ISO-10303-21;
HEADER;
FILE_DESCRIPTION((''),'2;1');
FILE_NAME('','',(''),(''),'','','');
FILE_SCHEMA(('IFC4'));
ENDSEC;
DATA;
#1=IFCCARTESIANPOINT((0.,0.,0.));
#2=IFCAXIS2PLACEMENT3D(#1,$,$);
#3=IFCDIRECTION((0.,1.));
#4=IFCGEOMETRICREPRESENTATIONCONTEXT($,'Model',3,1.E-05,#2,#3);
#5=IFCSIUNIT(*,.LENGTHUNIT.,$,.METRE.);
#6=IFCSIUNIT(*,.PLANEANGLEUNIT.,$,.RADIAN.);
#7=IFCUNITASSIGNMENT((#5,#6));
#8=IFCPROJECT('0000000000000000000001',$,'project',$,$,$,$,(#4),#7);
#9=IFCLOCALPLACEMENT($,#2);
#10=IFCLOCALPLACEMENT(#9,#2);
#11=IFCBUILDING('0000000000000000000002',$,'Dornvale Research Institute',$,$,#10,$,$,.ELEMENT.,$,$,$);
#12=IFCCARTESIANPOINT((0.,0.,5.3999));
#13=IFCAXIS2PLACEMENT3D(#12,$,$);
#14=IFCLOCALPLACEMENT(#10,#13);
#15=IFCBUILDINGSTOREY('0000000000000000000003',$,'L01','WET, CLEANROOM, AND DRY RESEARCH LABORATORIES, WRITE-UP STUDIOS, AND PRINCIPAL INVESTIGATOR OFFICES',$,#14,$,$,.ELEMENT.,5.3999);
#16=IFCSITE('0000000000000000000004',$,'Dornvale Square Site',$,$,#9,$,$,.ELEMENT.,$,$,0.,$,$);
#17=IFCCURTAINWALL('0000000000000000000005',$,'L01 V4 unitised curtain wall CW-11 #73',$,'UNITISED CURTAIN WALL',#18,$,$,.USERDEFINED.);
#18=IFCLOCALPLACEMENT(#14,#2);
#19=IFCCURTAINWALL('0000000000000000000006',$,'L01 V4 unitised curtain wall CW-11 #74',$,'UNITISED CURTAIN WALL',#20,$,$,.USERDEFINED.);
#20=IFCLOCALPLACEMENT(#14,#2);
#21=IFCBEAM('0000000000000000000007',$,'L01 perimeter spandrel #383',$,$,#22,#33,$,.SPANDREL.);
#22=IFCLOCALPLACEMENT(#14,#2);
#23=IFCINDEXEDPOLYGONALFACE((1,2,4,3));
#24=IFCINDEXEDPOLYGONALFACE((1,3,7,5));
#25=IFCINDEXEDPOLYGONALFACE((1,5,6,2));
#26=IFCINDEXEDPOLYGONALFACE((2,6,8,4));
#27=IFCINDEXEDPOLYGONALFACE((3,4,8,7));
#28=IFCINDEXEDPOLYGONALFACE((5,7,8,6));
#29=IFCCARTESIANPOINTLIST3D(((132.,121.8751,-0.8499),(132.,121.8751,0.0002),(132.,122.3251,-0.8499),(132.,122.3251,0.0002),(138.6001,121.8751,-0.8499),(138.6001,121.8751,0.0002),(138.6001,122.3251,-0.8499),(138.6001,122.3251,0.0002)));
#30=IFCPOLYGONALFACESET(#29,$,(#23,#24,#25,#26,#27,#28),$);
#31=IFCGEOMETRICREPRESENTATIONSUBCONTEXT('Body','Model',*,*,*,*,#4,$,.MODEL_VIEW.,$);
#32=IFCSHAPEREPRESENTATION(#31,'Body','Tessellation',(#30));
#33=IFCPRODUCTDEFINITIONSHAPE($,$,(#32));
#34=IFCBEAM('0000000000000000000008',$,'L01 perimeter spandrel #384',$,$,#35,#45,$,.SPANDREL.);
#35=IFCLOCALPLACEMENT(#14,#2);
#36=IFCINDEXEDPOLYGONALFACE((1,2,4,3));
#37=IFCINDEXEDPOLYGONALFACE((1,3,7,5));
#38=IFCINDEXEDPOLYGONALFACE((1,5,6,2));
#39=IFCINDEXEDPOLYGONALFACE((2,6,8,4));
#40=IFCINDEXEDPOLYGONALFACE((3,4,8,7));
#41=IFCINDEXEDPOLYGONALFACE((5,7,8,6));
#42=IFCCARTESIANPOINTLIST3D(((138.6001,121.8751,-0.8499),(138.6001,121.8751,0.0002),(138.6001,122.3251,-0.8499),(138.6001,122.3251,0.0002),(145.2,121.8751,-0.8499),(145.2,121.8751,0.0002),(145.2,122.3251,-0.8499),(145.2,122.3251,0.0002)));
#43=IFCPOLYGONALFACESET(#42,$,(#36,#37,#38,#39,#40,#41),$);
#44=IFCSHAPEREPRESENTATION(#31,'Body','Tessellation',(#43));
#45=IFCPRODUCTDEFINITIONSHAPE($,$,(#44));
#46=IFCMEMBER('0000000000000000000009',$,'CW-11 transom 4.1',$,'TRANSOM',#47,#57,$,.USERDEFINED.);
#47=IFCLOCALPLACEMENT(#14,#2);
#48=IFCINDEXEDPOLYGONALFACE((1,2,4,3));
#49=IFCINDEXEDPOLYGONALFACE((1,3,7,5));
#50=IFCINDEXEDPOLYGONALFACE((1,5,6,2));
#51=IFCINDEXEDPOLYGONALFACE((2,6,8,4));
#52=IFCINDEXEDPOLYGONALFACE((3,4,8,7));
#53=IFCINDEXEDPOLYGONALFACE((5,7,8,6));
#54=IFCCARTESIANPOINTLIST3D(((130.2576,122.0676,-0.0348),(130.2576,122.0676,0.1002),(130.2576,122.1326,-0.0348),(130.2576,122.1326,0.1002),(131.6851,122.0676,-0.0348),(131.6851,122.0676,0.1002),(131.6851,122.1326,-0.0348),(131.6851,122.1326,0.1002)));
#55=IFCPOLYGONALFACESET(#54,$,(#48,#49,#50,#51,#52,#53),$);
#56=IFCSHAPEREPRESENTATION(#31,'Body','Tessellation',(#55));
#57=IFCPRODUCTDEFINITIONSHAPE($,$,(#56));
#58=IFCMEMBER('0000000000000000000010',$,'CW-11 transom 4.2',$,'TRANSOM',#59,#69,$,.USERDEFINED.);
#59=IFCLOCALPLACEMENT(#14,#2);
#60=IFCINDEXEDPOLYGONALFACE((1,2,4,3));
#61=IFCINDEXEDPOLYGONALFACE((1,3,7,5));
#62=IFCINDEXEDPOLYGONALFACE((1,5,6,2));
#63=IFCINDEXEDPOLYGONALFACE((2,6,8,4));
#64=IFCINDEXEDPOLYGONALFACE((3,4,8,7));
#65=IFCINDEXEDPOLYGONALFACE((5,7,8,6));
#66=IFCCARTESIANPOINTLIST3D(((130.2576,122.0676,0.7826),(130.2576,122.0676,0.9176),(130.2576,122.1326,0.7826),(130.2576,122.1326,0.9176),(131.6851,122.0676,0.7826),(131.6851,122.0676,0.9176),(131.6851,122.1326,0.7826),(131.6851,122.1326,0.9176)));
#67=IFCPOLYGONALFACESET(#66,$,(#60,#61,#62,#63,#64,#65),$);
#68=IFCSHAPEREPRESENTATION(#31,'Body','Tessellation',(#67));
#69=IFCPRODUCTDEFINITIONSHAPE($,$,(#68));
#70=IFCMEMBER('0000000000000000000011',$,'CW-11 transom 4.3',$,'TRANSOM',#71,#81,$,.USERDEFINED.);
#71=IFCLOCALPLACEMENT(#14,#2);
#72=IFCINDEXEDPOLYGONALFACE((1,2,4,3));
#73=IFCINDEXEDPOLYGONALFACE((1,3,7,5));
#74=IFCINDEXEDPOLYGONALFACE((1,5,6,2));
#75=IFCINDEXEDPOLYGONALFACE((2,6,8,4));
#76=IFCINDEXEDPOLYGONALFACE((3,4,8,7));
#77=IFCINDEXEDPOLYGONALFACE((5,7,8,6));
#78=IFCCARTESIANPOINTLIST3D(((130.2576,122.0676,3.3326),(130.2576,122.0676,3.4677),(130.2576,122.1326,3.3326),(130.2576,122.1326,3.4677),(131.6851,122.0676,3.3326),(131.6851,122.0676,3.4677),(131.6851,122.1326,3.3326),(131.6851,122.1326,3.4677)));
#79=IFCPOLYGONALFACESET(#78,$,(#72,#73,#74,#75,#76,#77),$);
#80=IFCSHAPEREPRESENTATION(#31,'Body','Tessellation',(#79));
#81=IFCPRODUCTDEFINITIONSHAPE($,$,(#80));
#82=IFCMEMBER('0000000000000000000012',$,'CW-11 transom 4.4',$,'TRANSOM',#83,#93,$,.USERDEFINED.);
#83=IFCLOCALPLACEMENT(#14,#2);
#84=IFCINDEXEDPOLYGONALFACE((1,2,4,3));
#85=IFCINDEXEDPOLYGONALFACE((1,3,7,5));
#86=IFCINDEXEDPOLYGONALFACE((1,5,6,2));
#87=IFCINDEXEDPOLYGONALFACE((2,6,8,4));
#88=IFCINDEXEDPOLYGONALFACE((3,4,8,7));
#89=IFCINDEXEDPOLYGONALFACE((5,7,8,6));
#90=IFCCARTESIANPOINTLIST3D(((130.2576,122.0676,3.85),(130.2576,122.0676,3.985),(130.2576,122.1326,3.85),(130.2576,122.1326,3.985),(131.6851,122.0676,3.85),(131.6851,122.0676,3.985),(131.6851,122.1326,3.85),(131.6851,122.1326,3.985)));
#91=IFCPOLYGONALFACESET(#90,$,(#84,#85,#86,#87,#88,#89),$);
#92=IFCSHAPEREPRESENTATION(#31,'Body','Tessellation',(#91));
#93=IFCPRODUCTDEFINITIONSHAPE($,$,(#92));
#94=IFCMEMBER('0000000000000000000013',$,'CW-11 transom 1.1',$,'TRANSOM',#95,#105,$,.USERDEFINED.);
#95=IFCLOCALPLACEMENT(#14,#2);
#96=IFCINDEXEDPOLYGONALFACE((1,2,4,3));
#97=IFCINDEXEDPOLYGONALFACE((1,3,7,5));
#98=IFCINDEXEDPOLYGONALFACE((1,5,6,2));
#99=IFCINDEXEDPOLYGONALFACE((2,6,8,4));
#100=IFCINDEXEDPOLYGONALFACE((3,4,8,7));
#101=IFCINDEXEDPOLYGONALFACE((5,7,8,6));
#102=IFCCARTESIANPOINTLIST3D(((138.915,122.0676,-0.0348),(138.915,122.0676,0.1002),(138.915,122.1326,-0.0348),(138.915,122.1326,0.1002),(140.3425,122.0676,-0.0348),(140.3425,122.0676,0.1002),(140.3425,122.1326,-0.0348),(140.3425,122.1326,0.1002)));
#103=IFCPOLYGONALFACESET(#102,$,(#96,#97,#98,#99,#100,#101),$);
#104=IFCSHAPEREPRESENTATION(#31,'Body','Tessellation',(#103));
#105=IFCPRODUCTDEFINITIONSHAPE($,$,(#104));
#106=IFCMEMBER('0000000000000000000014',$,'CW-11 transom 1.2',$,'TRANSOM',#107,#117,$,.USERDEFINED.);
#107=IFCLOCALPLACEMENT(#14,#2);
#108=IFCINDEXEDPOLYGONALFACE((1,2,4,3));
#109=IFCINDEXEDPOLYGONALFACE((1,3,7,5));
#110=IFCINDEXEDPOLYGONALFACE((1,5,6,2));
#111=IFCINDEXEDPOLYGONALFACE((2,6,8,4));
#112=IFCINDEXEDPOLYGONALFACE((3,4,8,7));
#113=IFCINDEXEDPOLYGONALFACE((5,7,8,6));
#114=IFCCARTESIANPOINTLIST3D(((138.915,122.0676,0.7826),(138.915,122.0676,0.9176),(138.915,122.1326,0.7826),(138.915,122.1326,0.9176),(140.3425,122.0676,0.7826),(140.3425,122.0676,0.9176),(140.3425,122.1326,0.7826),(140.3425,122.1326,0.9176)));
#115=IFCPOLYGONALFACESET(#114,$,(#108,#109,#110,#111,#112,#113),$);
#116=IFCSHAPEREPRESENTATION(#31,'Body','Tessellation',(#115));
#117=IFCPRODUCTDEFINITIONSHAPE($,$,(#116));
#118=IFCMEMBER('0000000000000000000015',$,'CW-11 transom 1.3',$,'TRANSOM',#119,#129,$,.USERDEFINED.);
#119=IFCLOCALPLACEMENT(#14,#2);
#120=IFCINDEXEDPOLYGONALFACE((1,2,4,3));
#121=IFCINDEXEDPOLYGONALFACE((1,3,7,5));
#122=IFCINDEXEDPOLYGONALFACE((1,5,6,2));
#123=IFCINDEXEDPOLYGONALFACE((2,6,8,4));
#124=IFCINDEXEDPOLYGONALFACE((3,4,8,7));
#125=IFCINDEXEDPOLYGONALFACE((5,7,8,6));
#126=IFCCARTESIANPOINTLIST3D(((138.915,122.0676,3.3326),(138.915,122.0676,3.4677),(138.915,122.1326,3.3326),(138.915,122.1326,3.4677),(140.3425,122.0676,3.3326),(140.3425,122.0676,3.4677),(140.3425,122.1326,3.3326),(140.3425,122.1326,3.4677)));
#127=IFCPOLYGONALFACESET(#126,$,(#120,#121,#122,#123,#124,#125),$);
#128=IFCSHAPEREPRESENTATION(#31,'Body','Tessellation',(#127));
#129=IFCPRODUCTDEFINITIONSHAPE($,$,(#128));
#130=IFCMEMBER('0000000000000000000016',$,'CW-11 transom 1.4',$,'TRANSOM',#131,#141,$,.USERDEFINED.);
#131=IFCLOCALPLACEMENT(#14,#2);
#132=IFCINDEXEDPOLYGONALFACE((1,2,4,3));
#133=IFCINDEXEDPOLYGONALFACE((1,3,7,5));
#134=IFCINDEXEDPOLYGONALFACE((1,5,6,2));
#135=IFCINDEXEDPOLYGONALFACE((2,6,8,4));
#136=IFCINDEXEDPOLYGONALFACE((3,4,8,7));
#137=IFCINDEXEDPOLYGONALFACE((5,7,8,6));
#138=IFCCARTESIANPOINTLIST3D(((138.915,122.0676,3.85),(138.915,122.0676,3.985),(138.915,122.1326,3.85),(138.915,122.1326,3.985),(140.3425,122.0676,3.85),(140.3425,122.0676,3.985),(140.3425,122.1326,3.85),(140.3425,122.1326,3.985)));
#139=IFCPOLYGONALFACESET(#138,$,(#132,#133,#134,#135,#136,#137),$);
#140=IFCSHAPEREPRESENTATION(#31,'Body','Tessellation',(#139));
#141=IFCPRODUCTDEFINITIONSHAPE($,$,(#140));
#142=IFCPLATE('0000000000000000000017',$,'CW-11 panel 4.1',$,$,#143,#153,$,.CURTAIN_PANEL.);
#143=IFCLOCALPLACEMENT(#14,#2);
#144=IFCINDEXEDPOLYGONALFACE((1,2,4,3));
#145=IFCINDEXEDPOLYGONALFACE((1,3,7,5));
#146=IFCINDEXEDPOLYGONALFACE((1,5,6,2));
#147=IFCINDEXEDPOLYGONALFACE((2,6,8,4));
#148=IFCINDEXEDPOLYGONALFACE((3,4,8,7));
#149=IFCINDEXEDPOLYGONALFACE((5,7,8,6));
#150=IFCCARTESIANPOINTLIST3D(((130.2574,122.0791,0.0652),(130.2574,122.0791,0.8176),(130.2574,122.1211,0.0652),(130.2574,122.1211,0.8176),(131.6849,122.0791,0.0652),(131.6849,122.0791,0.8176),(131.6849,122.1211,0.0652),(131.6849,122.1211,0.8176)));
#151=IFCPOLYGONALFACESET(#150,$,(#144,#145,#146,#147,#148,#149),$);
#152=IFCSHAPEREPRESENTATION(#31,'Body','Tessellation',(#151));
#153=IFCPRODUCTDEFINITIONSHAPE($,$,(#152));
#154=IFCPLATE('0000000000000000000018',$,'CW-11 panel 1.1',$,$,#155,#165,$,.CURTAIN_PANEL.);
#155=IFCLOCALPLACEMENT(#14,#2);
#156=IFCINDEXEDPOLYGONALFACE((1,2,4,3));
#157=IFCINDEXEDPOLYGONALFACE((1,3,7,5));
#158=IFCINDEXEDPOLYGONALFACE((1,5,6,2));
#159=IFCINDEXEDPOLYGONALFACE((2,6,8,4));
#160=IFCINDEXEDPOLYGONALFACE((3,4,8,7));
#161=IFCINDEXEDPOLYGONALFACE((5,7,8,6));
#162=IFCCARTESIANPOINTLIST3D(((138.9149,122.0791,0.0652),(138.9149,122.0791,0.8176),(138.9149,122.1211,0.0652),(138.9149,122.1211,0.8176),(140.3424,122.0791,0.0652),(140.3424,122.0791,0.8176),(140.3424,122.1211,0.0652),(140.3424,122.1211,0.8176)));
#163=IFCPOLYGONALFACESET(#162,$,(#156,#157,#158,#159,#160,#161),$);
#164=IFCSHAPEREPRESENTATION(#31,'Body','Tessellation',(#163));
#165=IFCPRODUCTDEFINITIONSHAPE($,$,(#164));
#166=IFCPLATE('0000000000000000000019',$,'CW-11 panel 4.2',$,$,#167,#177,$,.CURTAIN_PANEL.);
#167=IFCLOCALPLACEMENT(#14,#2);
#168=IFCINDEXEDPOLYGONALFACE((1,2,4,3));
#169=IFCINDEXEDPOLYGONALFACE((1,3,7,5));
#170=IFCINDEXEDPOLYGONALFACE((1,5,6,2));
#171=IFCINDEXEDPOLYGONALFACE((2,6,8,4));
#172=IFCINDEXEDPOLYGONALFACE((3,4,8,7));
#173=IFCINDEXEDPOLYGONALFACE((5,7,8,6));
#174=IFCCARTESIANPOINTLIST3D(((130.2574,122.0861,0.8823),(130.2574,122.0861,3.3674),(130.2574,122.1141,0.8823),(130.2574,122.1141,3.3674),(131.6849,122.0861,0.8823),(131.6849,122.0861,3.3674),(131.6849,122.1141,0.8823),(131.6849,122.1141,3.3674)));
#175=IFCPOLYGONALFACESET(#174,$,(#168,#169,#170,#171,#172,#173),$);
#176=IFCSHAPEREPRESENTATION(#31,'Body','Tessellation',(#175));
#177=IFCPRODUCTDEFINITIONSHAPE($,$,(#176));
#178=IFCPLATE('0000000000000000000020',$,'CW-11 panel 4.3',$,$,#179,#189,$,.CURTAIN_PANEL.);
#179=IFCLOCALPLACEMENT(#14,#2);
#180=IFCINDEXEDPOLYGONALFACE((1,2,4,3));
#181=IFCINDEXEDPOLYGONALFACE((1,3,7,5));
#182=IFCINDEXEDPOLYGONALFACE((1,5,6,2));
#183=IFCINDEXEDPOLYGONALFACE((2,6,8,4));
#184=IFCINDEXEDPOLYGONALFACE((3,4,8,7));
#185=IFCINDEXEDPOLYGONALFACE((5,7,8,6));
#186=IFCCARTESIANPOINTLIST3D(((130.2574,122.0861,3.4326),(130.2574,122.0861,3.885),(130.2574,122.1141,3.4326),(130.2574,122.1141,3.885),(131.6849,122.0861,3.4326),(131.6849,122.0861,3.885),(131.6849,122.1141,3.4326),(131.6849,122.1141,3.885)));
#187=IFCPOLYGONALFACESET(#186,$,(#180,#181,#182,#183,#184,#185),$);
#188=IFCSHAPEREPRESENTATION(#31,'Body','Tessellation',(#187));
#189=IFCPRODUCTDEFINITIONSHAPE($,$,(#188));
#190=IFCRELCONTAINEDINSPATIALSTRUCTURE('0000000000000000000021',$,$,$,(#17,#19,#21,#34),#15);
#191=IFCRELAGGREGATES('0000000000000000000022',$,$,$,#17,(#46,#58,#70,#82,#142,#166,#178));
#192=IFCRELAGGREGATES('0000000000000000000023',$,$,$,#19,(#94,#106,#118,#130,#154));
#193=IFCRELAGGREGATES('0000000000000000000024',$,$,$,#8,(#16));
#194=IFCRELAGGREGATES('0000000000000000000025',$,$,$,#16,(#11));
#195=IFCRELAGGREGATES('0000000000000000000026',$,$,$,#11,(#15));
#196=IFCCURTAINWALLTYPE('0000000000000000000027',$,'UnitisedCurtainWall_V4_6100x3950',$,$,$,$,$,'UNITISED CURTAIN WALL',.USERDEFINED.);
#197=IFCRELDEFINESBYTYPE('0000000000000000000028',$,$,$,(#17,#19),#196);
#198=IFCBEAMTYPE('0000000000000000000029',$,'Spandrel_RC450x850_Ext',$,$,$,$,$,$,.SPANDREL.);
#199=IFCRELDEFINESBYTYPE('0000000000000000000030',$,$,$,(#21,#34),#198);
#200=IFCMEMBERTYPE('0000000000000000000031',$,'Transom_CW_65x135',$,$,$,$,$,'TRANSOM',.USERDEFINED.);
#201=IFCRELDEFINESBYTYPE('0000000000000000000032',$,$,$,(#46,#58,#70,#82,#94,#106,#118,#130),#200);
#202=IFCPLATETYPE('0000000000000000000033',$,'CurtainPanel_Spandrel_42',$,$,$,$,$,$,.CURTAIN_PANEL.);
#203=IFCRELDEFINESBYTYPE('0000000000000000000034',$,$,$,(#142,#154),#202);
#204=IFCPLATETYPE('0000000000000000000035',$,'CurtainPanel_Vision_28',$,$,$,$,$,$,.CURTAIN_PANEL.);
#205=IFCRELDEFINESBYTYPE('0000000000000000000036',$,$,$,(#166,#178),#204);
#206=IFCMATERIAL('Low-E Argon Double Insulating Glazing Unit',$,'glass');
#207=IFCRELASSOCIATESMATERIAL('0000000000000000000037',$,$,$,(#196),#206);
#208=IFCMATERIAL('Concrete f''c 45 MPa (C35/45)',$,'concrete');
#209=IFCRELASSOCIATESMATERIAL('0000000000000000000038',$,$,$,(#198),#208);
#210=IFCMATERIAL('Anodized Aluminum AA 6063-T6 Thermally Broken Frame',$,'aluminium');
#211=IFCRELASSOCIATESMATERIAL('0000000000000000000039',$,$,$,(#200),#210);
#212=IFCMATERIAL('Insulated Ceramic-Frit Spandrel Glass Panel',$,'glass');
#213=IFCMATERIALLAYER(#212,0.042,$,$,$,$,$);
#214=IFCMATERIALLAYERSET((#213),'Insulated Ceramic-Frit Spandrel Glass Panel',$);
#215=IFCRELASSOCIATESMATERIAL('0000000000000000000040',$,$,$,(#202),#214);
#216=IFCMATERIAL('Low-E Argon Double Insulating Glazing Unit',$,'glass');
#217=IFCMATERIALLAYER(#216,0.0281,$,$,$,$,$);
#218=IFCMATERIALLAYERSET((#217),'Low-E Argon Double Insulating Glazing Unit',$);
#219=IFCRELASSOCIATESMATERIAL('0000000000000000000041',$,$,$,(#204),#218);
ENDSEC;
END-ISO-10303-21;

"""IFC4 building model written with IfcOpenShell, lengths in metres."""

from ifc_helpers import new_model, si_unit, direction, frame, origin, origin_2d, place, context, subcontext, project, spatial, rectangle, extrude, material, layer, layer_set, material_profile, profile_set, type_object, element, aggregate, save


model = new_model("IFC4")

# Units and contexts
model_context = context("Model", 3, precision=1e-05, world=origin(), true_north=direction((0.0, 1.0)))
body_context = subcontext(model_context, "Body", "Model", "MODEL_VIEW")
ifc_project = project(units=[si_unit("LENGTHUNIT", "METRE"), si_unit("PLANEANGLEUNIT", "RADIAN")], contexts=[model_context])

# Site, building, storey
site_placement = place(None, origin())
site = spatial("IfcSite", under=ifc_project, at=site_placement, Name="Dornvale Square Site", CompositionType="ELEMENT", RefElevation=0.0)
building_placement = place(site_placement, origin())
building = spatial("IfcBuilding", under=site, at=building_placement, Name="Dornvale Research Institute", CompositionType="ELEMENT")
storey_placement = place(building_placement, frame((0.0, 0.0, 5.3999)))
storey = spatial("IfcBuildingStorey", under=building, at=storey_placement, Name="L01", Description="WET, CLEANROOM, AND DRY RESEARCH LABORATORIES, WRITE-UP STUDIOS, AND PRINCIPAL INVESTIGATOR OFFICES", CompositionType="ELEMENT", Elevation=5.3999)

# Curtain wall
ifc_material_1 = material(Name="Low-E Argon Double Insulating Glazing Unit", Category="glass")
curtain_wall_type = type_object("IfcCurtainWallType", Name="UnitisedCurtainWall_V4_6100x3950", ElementType="UNITISED CURTAIN WALL", PredefinedType="USERDEFINED", material=ifc_material_1)
curtain_wall_1_placement = place(storey_placement, origin())
curtain_wall_1 = element("IfcCurtainWall", 1, at=curtain_wall_1_placement, inside=storey, type_object=curtain_wall_type, Name="L01 V4 unitised curtain wall CW-11 #73", ObjectType="UNITISED CURTAIN WALL", PredefinedType="USERDEFINED")

# Curtain wall
curtain_wall_2_placement = place(storey_placement, origin())
curtain_wall_2 = element("IfcCurtainWall", 2, at=curtain_wall_2_placement, inside=storey, type_object=curtain_wall_type, Name="L01 V4 unitised curtain wall CW-11 #74", ObjectType="UNITISED CURTAIN WALL", PredefinedType="USERDEFINED")

# Beams
ifc_material_2 = material(Name="Concrete f'c 45 MPa (C35/45)", Category="concrete")
ifc_material_profile_1 = material_profile(ifc_material_2, rectangle(XDim=0.45, YDim=0.8501, at=origin_2d()), Name="RC 450x850")
ifc_profile_set_1 = profile_set([ifc_material_profile_1], Name="Concrete f'c 45 MPa (C35/45)")
beam_type_1 = type_object("IfcBeamType", Name="Spandrel_RC450x850_Ext", PredefinedType="SPANDREL", material=ifc_profile_set_1)
beam_1_placement = place(storey_placement, frame((132.0, 122.1001, -0.4248), z_axis=(1.0, 0.0, 0.0), x_axis=(0.0, 1.0, 0.0)))
element("IfcBeam", 3, at=beam_1_placement, inside=storey, type_object=beam_type_1, Name="L01 perimeter spandrel #383", PredefinedType="SPANDREL", context=body_context, shape_type="SweptSolid", body=[
    extrude(rectangle(XDim=0.45, YDim=0.8501, at=origin_2d()), origin(), (0.0, 0.0, 1.0), 6.6001),
])
beam_2_placement = place(storey_placement, frame((138.6001, 122.1001, -0.4248), z_axis=(1.0, 0.0, 0.0), x_axis=(0.0, 1.0, 0.0)))
element("IfcBeam", 4, at=beam_2_placement, inside=storey, type_object=beam_type_1, Name="L01 perimeter spandrel #384", PredefinedType="SPANDREL", context=body_context, shape_type="SweptSolid", body=[
    extrude(rectangle(XDim=0.45, YDim=0.8501, at=origin_2d()), origin(), (0.0, 0.0, 1.0), 6.5999),
])

# Members
ifc_material_3 = material(Name="Anodized Aluminum AA 6063-T6 Thermally Broken Frame", Category="aluminium")
ifc_material_profile_2 = material_profile(ifc_material_3, rectangle(XDim=0.0649, YDim=0.135, at=origin_2d()), Name="ALU TRANSOM 65x135")
ifc_profile_set_2 = profile_set([ifc_material_profile_2], Name="Anodized Aluminum AA 6063-T6 Thermally Broken Frame")
member_type_1 = type_object("IfcMemberType", Name="Transom_CW_65x135", ElementType="TRANSOM", PredefinedType="USERDEFINED", material=ifc_profile_set_2)
member_1_placement = place(storey_placement, frame((130.2576, 122.1001, 0.0327), z_axis=(1.0, 0.0, 0.0), x_axis=(0.0, 1.0, 0.0)))
member_1 = element("IfcMember", 5, at=member_1_placement, type_object=member_type_1, Name="CW-11 transom 4.1", ObjectType="TRANSOM", PredefinedType="USERDEFINED", context=body_context, shape_type="SweptSolid", body=[
    extrude(rectangle(XDim=0.0649, YDim=0.135, at=origin_2d()), origin(), (0.0, 0.0, 1.0), 1.4275),
])
member_2_placement = place(storey_placement, frame((130.2576, 122.1001, 0.8501), z_axis=(1.0, 0.0, 0.0), x_axis=(0.0, 1.0, 0.0)))
member_2 = element("IfcMember", 6, at=member_2_placement, type_object=member_type_1, Name="CW-11 transom 4.2", ObjectType="TRANSOM", PredefinedType="USERDEFINED", context=body_context, shape_type="SweptSolid", body=[
    extrude(rectangle(XDim=0.0649, YDim=0.135, at=origin_2d()), origin(), (0.0, 0.0, 1.0), 1.4275),
])
member_3_placement = place(storey_placement, frame((130.2576, 122.1001, 3.4001), z_axis=(1.0, 0.0, 0.0), x_axis=(0.0, 1.0, 0.0)))
member_3 = element("IfcMember", 7, at=member_3_placement, type_object=member_type_1, Name="CW-11 transom 4.3", ObjectType="TRANSOM", PredefinedType="USERDEFINED", context=body_context, shape_type="SweptSolid", body=[
    extrude(rectangle(XDim=0.0649, YDim=0.135, at=origin_2d()), origin(), (0.0, 0.0, 1.0), 1.4275),
])
member_4_placement = place(storey_placement, frame((130.2576, 122.1001, 3.9175), z_axis=(1.0, 0.0, 0.0), x_axis=(0.0, 1.0, 0.0)))
member_4 = element("IfcMember", 8, at=member_4_placement, type_object=member_type_1, Name="CW-11 transom 4.4", ObjectType="TRANSOM", PredefinedType="USERDEFINED", context=body_context, shape_type="SweptSolid", body=[
    extrude(rectangle(XDim=0.0649, YDim=0.135, at=origin_2d()), origin(), (0.0, 0.0, 1.0), 1.4275),
])
member_5_placement = place(storey_placement, frame((138.915, 122.1001, 0.0327), z_axis=(1.0, 0.0, 0.0), x_axis=(0.0, 1.0, 0.0)))
member_5 = element("IfcMember", 9, at=member_5_placement, type_object=member_type_1, Name="CW-11 transom 1.1", ObjectType="TRANSOM", PredefinedType="USERDEFINED", context=body_context, shape_type="SweptSolid", body=[
    extrude(rectangle(XDim=0.0649, YDim=0.135, at=origin_2d()), origin(), (0.0, 0.0, 1.0), 1.4275),
])
member_6_placement = place(storey_placement, frame((138.915, 122.1001, 0.8501), z_axis=(1.0, 0.0, 0.0), x_axis=(0.0, 1.0, 0.0)))
member_6 = element("IfcMember", 10, at=member_6_placement, type_object=member_type_1, Name="CW-11 transom 1.2", ObjectType="TRANSOM", PredefinedType="USERDEFINED", context=body_context, shape_type="SweptSolid", body=[
    extrude(rectangle(XDim=0.0649, YDim=0.135, at=origin_2d()), origin(), (0.0, 0.0, 1.0), 1.4275),
])
member_7_placement = place(storey_placement, frame((138.915, 122.1001, 3.4001), z_axis=(1.0, 0.0, 0.0), x_axis=(0.0, 1.0, 0.0)))
member_7 = element("IfcMember", 11, at=member_7_placement, type_object=member_type_1, Name="CW-11 transom 1.3", ObjectType="TRANSOM", PredefinedType="USERDEFINED", context=body_context, shape_type="SweptSolid", body=[
    extrude(rectangle(XDim=0.0649, YDim=0.135, at=origin_2d()), origin(), (0.0, 0.0, 1.0), 1.4275),
])
member_8_placement = place(storey_placement, frame((138.915, 122.1001, 3.9175), z_axis=(1.0, 0.0, 0.0), x_axis=(0.0, 1.0, 0.0)))
member_8 = element("IfcMember", 12, at=member_8_placement, type_object=member_type_1, Name="CW-11 transom 1.4", ObjectType="TRANSOM", PredefinedType="USERDEFINED", context=body_context, shape_type="SweptSolid", body=[
    extrude(rectangle(XDim=0.0649, YDim=0.135, at=origin_2d()), origin(), (0.0, 0.0, 1.0), 1.4275),
])

# Plates
ifc_material_4 = material(Name="Insulated Ceramic-Frit Spandrel Glass Panel", Category="glass")
ifc_layer_1 = layer(ifc_material_4, 0.042)
ifc_layer_set_1 = layer_set([ifc_layer_1], Name="Insulated Ceramic-Frit Spandrel Glass Panel")
plate_type_1 = type_object("IfcPlateType", Name="CurtainPanel_Spandrel_42", PredefinedType="CURTAIN_PANEL", material=ifc_layer_set_1)
plate_1_placement = place(storey_placement, frame((130.9712, 122.1001, 0.0652), z_axis=(0.0, 0.0, 1.0), x_axis=(1.0, 0.0, 0.0)))
plate_1 = element("IfcPlate", 13, at=plate_1_placement, type_object=plate_type_1, Name="CW-11 panel 4.1", PredefinedType="CURTAIN_PANEL", context=body_context, shape_type="SweptSolid", body=[
    extrude(rectangle(XDim=1.4275, YDim=0.042, at=origin_2d()), origin(), (0.0, 0.0, 1.0), 0.7524),
])
plate_2_placement = place(storey_placement, frame((139.6287, 122.1001, 0.0652), z_axis=(0.0, 0.0, 1.0), x_axis=(1.0, 0.0, 0.0)))
plate_2 = element("IfcPlate", 14, at=plate_2_placement, type_object=plate_type_1, Name="CW-11 panel 1.1", PredefinedType="CURTAIN_PANEL", context=body_context, shape_type="SweptSolid", body=[
    extrude(rectangle(XDim=1.4275, YDim=0.042, at=origin_2d()), origin(), (0.0, 0.0, 1.0), 0.7524),
])
ifc_material_5 = material(Name="Low-E Argon Double Insulating Glazing Unit", Category="glass")
ifc_layer_2 = layer(ifc_material_5, 0.0281)
ifc_layer_set_2 = layer_set([ifc_layer_2], Name="Low-E Argon Double Insulating Glazing Unit")
plate_type_2 = type_object("IfcPlateType", Name="CurtainPanel_Vision_28", PredefinedType="CURTAIN_PANEL", material=ifc_layer_set_2)
plate_3_placement = place(storey_placement, frame((130.9712, 122.1001, 0.8823), z_axis=(0.0, 0.0, 1.0), x_axis=(1.0, 0.0, 0.0)))
plate_3 = element("IfcPlate", 15, at=plate_3_placement, type_object=plate_type_2, Name="CW-11 panel 4.2", PredefinedType="CURTAIN_PANEL", context=body_context, shape_type="SweptSolid", body=[
    extrude(rectangle(XDim=1.4275, YDim=0.0281, at=origin_2d()), origin(), (0.0, 0.0, 1.0), 2.4851),
])
plate_4_placement = place(storey_placement, frame((130.9712, 122.1001, 3.4326), z_axis=(0.0, 0.0, 1.0), x_axis=(1.0, 0.0, 0.0)))
plate_4 = element("IfcPlate", 16, at=plate_4_placement, type_object=plate_type_2, Name="CW-11 panel 4.3", PredefinedType="CURTAIN_PANEL", context=body_context, shape_type="SweptSolid", body=[
    extrude(rectangle(XDim=1.4275, YDim=0.0281, at=origin_2d()), origin(), (0.0, 0.0, 1.0), 0.4524),
])
aggregate(curtain_wall_1, [member_1, member_2, member_3, member_4, plate_1, plate_3, plate_4])
aggregate(curtain_wall_2, [member_5, member_6, member_7, member_8, plate_2])

save(model, "model.ifc")
